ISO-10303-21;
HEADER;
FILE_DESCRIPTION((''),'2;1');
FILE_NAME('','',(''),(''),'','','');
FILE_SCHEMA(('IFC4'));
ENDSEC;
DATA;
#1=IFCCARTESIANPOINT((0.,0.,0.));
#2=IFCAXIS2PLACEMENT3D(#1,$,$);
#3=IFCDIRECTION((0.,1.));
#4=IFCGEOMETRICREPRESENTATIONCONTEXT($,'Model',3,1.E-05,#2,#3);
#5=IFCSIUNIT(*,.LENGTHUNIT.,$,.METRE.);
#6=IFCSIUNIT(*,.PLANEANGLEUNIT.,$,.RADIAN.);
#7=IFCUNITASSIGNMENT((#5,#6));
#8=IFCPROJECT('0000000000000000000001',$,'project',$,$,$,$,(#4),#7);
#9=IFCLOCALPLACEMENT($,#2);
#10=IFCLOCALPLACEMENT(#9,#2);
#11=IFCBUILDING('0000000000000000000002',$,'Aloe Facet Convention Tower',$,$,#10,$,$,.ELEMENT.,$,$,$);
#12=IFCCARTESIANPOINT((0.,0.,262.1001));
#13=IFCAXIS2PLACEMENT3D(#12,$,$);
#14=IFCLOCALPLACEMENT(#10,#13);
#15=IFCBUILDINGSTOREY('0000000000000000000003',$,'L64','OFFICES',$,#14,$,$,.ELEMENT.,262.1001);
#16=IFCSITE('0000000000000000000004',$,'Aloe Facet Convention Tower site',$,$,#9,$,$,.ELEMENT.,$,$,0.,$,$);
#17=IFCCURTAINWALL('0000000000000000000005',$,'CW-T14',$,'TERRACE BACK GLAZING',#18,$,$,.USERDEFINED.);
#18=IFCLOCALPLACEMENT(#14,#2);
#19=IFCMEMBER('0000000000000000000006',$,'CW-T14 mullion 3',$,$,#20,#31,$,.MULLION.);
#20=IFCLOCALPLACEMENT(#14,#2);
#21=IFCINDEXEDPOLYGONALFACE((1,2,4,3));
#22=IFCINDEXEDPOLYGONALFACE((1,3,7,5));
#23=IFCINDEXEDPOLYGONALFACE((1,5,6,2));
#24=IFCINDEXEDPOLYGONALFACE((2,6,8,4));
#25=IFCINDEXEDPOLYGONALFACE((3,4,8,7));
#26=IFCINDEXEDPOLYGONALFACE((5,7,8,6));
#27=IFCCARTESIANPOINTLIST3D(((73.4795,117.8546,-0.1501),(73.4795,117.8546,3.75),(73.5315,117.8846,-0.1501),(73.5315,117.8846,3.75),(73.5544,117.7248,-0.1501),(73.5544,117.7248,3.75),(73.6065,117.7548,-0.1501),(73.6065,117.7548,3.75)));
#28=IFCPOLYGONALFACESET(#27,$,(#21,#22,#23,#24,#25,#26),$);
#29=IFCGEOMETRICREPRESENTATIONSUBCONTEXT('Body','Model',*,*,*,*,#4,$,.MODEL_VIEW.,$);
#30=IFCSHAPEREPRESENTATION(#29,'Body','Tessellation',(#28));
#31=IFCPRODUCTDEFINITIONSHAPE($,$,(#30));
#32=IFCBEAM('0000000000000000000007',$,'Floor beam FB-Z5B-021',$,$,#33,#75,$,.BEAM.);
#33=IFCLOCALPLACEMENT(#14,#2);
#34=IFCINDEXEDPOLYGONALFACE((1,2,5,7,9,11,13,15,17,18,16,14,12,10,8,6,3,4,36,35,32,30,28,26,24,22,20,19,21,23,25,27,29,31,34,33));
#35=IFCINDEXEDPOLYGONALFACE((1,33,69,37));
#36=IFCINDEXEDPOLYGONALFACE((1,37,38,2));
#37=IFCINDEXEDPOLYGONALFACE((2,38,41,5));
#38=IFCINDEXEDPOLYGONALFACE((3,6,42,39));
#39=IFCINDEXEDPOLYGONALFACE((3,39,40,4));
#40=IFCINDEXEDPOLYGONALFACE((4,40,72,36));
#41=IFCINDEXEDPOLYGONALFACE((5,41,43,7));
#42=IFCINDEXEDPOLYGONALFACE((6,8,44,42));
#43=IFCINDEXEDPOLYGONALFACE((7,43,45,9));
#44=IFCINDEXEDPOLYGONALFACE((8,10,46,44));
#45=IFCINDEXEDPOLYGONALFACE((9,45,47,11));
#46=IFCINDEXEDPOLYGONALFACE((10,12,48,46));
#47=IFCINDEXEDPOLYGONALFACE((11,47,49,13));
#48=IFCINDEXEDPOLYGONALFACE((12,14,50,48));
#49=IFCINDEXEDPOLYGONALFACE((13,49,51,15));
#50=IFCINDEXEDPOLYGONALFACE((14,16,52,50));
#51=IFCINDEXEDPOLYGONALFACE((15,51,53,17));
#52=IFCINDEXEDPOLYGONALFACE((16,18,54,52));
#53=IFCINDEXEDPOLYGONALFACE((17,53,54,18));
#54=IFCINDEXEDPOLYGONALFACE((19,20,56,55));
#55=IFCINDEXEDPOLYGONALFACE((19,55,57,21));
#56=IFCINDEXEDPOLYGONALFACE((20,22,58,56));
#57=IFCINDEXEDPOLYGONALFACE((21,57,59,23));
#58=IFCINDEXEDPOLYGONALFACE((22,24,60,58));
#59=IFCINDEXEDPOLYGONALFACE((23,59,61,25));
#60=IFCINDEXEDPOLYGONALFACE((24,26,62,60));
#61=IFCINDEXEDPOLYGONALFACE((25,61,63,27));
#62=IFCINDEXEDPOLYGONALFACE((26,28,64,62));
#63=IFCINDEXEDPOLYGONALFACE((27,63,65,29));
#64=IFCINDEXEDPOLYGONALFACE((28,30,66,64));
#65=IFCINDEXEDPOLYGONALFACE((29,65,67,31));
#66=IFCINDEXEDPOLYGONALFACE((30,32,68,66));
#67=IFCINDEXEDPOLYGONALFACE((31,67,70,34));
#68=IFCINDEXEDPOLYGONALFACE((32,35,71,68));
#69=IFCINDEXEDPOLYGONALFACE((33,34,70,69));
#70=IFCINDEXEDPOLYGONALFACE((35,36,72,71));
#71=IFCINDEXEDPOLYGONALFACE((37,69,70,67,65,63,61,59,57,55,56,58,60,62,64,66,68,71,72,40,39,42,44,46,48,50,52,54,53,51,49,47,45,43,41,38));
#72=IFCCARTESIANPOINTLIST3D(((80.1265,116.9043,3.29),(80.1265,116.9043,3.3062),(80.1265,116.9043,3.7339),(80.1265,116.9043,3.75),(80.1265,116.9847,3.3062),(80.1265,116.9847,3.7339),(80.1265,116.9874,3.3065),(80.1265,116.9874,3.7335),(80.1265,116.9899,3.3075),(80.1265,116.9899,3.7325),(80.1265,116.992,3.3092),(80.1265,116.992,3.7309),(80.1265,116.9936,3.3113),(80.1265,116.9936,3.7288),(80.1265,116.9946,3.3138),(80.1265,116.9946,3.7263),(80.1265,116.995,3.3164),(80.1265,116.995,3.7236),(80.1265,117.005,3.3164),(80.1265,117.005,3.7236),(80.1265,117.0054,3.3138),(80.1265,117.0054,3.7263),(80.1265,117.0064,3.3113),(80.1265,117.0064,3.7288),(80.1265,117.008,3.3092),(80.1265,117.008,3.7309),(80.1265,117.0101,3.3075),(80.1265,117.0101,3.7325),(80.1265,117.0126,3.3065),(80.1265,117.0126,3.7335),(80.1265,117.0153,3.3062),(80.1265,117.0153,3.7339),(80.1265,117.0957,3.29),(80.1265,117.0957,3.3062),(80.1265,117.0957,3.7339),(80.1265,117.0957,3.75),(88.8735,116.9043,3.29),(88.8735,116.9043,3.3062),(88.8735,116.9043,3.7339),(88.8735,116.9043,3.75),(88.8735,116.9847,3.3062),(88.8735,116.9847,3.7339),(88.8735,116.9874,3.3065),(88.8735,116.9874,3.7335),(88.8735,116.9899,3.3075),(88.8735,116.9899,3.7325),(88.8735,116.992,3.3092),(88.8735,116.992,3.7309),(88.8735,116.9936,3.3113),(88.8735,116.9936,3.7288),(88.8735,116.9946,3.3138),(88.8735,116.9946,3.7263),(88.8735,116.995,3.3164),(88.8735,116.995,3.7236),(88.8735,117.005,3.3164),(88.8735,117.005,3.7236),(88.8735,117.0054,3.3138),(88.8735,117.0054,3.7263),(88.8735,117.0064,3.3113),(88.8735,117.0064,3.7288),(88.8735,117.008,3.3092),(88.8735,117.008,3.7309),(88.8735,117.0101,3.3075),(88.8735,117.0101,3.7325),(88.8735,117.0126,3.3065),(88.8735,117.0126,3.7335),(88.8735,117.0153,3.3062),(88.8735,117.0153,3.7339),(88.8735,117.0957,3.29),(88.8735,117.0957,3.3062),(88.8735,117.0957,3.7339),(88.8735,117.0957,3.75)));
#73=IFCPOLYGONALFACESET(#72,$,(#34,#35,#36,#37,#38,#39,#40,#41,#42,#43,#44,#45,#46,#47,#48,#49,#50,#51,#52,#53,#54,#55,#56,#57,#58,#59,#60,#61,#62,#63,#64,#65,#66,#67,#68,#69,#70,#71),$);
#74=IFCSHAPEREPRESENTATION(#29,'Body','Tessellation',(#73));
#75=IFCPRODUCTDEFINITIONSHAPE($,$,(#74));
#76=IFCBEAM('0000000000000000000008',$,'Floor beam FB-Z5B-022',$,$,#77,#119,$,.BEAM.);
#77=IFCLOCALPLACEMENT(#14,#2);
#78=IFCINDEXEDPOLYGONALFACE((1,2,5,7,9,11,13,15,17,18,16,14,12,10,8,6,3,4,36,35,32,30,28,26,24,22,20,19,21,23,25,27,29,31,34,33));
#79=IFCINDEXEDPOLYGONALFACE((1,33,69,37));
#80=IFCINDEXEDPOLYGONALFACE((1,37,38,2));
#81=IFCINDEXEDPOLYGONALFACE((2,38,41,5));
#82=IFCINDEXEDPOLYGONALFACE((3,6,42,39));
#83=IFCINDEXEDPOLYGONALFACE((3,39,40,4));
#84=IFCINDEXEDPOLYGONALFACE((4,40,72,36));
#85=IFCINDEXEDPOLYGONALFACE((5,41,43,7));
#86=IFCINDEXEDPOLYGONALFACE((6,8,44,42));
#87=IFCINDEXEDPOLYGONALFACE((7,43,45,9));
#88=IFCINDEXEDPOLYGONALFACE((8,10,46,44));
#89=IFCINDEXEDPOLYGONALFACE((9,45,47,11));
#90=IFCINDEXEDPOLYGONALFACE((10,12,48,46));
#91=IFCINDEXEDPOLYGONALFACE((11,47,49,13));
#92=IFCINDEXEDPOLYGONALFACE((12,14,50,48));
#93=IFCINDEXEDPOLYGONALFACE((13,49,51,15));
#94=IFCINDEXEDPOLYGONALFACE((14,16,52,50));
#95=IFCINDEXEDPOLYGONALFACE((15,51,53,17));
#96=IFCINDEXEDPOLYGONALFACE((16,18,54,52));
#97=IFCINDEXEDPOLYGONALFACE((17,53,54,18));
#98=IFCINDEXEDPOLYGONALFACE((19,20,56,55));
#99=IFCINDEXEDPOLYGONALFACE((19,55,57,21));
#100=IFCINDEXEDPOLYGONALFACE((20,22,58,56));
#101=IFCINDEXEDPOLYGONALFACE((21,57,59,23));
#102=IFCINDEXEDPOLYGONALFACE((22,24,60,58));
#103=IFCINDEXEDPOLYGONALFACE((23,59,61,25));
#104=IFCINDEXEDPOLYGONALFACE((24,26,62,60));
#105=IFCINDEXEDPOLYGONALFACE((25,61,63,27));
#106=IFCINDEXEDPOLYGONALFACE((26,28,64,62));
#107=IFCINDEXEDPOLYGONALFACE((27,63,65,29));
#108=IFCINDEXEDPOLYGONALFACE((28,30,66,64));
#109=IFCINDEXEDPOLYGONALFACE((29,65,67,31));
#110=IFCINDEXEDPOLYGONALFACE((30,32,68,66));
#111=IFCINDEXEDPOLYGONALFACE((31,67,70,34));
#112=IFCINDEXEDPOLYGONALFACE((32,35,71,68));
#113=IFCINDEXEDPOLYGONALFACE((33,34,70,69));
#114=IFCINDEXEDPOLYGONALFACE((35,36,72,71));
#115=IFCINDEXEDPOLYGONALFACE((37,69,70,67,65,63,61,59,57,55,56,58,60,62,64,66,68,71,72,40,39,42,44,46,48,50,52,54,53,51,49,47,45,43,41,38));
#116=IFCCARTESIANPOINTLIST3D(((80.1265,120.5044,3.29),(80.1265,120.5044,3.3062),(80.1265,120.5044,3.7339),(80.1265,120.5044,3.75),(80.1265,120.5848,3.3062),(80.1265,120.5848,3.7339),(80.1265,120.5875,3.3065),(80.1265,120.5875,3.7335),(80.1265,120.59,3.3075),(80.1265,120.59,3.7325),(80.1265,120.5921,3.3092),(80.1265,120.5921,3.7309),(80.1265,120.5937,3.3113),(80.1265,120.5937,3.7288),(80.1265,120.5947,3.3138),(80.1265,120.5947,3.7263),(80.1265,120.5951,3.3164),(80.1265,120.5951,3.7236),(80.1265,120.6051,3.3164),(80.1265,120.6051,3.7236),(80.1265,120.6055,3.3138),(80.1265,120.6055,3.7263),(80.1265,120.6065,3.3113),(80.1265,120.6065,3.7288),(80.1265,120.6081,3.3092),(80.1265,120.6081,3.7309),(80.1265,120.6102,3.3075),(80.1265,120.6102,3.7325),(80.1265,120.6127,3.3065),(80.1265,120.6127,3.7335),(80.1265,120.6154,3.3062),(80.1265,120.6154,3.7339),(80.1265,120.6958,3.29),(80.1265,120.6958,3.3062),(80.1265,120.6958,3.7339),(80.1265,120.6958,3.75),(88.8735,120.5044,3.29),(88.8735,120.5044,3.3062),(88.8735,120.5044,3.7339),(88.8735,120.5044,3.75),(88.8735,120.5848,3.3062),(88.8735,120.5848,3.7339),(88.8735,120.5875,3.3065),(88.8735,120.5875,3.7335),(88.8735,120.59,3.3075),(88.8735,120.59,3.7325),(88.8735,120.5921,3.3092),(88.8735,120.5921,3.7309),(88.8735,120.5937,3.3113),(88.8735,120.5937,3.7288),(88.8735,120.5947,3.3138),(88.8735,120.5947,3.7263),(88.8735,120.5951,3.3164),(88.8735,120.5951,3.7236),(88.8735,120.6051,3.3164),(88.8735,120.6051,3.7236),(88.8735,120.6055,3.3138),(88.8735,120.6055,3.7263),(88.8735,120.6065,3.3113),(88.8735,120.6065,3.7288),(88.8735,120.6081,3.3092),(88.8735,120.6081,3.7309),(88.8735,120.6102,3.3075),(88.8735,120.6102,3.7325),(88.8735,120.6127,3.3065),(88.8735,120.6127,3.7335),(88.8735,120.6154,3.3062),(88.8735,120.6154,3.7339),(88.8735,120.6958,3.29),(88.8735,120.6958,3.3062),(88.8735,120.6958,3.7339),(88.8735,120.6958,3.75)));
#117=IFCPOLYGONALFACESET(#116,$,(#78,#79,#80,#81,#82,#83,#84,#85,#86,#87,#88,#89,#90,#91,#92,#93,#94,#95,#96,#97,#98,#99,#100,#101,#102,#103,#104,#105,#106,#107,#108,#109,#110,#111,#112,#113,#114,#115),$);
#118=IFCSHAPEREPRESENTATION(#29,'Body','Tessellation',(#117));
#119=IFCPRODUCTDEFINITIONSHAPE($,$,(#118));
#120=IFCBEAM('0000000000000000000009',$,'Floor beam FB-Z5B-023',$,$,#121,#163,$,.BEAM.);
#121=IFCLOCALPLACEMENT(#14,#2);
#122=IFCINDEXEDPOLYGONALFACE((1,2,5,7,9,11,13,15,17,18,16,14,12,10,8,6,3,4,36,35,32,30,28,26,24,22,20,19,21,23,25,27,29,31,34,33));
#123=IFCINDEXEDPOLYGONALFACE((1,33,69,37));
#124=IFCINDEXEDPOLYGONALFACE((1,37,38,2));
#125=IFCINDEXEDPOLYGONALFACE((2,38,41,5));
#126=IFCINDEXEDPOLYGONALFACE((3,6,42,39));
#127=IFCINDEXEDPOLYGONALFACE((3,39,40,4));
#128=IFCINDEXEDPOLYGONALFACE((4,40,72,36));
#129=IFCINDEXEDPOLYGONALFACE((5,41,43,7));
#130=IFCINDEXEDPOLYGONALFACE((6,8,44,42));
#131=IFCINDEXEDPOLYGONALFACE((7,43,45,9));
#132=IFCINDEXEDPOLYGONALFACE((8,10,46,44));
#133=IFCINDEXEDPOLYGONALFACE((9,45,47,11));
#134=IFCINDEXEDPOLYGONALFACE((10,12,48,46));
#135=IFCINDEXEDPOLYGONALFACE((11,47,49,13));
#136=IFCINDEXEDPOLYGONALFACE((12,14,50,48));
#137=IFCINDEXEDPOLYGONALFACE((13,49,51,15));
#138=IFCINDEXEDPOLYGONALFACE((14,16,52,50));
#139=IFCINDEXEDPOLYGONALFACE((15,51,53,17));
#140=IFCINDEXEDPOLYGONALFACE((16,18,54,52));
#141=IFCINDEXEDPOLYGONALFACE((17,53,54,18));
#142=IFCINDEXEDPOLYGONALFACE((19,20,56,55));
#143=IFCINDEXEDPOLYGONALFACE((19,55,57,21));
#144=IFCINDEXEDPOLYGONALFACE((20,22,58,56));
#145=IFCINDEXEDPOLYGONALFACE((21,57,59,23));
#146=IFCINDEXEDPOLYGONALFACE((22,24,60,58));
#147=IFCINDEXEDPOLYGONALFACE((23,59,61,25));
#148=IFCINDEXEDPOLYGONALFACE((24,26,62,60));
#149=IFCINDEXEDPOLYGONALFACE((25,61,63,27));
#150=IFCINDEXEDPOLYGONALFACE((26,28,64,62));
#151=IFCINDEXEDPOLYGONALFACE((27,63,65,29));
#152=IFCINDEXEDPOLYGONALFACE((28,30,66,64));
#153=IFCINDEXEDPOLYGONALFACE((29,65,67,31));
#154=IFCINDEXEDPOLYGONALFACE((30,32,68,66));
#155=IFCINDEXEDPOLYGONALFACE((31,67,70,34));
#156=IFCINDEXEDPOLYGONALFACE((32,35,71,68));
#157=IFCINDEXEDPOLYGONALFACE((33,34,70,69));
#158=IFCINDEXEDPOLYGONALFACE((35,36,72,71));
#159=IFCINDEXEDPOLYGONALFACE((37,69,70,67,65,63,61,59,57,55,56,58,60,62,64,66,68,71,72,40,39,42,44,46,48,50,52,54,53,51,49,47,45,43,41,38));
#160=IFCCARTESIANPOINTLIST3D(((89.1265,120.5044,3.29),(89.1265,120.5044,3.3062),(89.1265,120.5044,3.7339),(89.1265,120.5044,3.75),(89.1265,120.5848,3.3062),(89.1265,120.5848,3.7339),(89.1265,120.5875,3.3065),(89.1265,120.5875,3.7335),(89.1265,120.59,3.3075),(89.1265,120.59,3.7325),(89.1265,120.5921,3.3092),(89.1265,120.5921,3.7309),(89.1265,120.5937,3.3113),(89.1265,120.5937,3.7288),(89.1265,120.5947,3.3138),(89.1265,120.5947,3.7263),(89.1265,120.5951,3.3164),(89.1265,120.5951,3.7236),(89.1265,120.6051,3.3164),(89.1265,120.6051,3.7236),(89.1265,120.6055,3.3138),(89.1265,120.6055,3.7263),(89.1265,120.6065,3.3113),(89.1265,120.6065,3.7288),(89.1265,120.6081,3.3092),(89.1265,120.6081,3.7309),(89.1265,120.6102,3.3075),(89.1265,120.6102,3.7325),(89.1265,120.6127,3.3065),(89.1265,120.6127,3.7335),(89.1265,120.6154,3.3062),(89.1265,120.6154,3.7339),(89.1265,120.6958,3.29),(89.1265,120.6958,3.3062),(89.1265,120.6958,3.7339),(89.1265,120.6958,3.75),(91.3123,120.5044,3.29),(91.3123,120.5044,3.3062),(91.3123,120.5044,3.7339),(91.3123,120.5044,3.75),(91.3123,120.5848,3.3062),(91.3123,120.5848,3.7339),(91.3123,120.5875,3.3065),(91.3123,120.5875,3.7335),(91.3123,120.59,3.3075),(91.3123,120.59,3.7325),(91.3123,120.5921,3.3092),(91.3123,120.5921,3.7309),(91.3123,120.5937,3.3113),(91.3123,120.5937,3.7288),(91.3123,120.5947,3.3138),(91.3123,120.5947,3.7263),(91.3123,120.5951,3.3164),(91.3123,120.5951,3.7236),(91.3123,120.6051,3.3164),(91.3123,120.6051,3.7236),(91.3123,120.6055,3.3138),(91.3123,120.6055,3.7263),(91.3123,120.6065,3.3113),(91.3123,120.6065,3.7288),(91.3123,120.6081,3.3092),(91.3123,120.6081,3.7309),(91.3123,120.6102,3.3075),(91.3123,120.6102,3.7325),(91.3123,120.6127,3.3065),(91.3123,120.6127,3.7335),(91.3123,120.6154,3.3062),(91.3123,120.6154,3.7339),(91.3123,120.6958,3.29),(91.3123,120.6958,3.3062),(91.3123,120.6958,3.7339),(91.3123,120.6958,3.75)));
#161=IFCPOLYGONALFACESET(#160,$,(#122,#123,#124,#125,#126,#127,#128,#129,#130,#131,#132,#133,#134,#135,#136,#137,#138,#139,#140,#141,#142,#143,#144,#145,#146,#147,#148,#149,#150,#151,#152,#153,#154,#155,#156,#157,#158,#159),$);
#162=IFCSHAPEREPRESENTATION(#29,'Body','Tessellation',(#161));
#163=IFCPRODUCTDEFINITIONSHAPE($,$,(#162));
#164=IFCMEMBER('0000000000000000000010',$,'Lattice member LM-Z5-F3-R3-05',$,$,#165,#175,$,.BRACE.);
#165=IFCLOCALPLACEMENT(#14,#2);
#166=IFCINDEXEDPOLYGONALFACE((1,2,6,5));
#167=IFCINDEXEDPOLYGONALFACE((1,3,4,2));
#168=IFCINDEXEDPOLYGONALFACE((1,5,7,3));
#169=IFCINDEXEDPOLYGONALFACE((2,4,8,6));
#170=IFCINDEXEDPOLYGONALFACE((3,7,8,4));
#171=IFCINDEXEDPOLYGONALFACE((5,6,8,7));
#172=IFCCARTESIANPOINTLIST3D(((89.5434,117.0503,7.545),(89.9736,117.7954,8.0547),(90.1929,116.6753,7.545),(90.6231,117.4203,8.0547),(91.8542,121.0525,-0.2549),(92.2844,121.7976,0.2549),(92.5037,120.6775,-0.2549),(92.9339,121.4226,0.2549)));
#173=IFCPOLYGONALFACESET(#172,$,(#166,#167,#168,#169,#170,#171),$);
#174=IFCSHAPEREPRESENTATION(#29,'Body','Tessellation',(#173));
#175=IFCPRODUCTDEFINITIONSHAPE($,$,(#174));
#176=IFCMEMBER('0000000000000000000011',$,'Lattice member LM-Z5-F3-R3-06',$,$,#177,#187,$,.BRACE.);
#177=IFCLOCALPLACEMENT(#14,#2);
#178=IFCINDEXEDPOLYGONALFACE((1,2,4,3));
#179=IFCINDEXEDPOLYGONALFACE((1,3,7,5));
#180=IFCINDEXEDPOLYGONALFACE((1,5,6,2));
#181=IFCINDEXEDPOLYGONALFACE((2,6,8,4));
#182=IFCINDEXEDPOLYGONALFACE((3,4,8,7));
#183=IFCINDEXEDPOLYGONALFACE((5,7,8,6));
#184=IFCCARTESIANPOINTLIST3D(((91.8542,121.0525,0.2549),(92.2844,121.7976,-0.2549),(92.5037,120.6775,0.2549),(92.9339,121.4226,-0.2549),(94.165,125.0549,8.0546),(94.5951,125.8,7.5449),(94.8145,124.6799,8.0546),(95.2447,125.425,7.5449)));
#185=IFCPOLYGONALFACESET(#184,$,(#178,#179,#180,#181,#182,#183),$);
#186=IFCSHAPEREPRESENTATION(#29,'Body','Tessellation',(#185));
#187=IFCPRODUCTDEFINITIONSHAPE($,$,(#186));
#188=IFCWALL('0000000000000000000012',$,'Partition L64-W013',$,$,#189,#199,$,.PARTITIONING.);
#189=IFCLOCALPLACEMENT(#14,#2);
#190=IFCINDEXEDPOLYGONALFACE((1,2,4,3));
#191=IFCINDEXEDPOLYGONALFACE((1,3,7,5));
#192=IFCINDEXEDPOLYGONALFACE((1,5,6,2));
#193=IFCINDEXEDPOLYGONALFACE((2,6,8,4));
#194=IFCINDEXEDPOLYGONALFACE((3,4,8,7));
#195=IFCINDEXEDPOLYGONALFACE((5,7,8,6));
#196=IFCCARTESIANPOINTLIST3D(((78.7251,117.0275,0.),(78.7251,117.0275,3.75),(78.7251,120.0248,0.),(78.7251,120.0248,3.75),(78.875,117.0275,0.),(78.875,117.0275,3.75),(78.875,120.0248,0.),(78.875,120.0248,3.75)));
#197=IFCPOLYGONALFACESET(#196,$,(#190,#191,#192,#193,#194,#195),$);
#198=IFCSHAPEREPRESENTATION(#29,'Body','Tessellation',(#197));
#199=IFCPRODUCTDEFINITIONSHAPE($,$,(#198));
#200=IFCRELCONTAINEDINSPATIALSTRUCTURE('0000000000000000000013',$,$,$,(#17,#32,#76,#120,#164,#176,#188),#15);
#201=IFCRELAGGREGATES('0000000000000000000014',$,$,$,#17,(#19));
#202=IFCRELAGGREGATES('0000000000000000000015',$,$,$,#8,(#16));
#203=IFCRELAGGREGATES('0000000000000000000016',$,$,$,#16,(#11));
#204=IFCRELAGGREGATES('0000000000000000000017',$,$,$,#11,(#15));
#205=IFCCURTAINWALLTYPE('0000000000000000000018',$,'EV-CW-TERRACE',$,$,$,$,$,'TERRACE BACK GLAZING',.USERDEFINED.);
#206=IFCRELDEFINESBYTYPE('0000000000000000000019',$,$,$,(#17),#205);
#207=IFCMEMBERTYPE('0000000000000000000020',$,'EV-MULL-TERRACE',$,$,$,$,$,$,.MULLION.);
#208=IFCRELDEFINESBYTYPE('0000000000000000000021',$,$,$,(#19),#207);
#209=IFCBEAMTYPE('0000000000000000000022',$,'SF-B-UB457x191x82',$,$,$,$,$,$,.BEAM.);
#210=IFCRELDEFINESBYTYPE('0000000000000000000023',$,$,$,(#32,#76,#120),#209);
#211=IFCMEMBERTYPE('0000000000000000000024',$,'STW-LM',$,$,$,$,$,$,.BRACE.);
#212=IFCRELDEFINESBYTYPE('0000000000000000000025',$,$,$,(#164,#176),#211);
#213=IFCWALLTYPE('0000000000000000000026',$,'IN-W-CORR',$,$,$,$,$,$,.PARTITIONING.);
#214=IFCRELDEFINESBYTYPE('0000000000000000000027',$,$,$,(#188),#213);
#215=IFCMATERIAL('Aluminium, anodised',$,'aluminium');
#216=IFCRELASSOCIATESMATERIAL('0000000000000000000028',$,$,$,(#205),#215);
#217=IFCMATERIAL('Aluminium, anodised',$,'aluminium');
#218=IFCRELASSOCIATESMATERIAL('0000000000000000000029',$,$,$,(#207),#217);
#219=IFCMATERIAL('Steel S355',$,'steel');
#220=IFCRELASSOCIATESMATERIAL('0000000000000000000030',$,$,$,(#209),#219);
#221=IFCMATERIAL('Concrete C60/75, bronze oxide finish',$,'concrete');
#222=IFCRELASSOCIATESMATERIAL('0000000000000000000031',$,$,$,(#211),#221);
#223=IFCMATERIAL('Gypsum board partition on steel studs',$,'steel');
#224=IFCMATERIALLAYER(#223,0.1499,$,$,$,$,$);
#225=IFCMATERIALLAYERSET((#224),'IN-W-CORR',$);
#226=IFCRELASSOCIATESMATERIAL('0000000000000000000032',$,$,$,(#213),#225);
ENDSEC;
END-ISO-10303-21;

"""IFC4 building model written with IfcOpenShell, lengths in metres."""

from ifc_helpers import new_model, si_unit, direction, frame, frame_2d, origin, origin_2d, place, context, subcontext, project, spatial, rectangle, i_section, extrude, material, layer, layer_set, material_profile, profile_set, type_object, element, aggregate, save


model = new_model("IFC4")

# Units and contexts
model_context = context("Model", 3, precision=1e-05, world=origin(), true_north=direction((0.0, 1.0)))
body_context = subcontext(model_context, "Body", "Model", "MODEL_VIEW")
ifc_project = project(units=[si_unit("LENGTHUNIT", "METRE"), si_unit("PLANEANGLEUNIT", "RADIAN")], contexts=[model_context])

# Site, building, storey
site_placement = place(None, origin())
site = spatial("IfcSite", under=ifc_project, at=site_placement, Name="Aloe Facet Convention Tower site", CompositionType="ELEMENT", RefElevation=0.0)
building_placement = place(site_placement, origin())
building = spatial("IfcBuilding", under=site, at=building_placement, Name="Aloe Facet Convention Tower", CompositionType="ELEMENT")
storey_placement = place(building_placement, frame((0.0, 0.0, 262.1001)))
storey = spatial("IfcBuildingStorey", under=building, at=storey_placement, Name="L64", Description="OFFICES", CompositionType="ELEMENT", Elevation=262.1001)

# Curtain wall, member
ifc_material_1 = material(Name="Aluminium, anodised", Category="aluminium")
curtain_wall_type = type_object("IfcCurtainWallType", Name="EV-CW-TERRACE", ElementType="TERRACE BACK GLAZING", PredefinedType="USERDEFINED", material=ifc_material_1)
curtain_wall_placement = place(storey_placement, origin())
curtain_wall = element("IfcCurtainWall", 1, at=curtain_wall_placement, inside=storey, type_object=curtain_wall_type, Name="CW-T14", ObjectType="TERRACE BACK GLAZING", PredefinedType="USERDEFINED")
ifc_material_2 = material(Name="Aluminium, anodised", Category="aluminium")
ifc_material_profile_1 = material_profile(ifc_material_2, rectangle(XDim=0.0601, YDim=0.1499, at=origin_2d()), Name="AL 60x150")
ifc_profile_set_1 = profile_set([ifc_material_profile_1], Name="Aluminium, anodised")
member_type_1 = type_object("IfcMemberType", Name="EV-MULL-TERRACE", PredefinedType="MULLION", material=ifc_profile_set_1)
member_placement = place(storey_placement, frame((73.543, 117.8047, -0.1501), z_axis=(0.0, 0.0, 1.0), x_axis=(0.866025, 0.5, 0.0)))
member = element("IfcMember", 2, at=member_placement, type_object=member_type_1, Name="CW-T14 mullion 3", PredefinedType="MULLION", context=body_context, shape_type="SweptSolid", body=[
    extrude(rectangle(XDim=0.0601, YDim=0.1499, at=origin_2d()), origin(), (0.0, 0.0, 1.0), 3.9001),
])
aggregate(curtain_wall, [member])

# Beams
ifc_material_3 = material(Name="Steel S355", Category="steel")
ifc_material_profile_2 = material_profile(ifc_material_3, i_section(OverallWidth=0.1914, OverallDepth=0.46, WebThickness=0.01, FlangeThickness=0.0161, FilletRadius=0.0103, at=origin_2d()), Name="UB 457x191x82")
ifc_profile_set_2 = profile_set([ifc_material_profile_2], Name="Steel S355")
beam_type = type_object("IfcBeamType", Name="SF-B-UB457x191x82", PredefinedType="BEAM", material=ifc_profile_set_2)
for number, where, z_axis, x_axis, name in (
    (3, (80.1265, 117.0, 3.52), (1.0, 0.0, 0.0), (0.0, 1.0, 0.0), "Floor beam FB-Z5B-021"),
    (4, (80.1265, 120.6001, 3.52), (1.0, 0.0, 0.0), (0.0, 1.0, 0.0), "Floor beam FB-Z5B-022"),
):
    element("IfcBeam", number, at=place(storey_placement, frame(where, z_axis=z_axis, x_axis=x_axis)), inside=storey, type_object=beam_type, Name=name, PredefinedType="BEAM", context=body_context, shape_type="SweptSolid", body=[
        extrude(i_section(OverallWidth=0.1914, OverallDepth=0.46, WebThickness=0.01, FlangeThickness=0.0161, FilletRadius=0.0103, at=origin_2d()), origin(), (0.0, 0.0, 1.0), 8.7471),
    ])
beam_placement = place(storey_placement, frame((89.1265, 120.6001, 3.52), z_axis=(1.0, 0.0, 0.0), x_axis=(0.0, 1.0, 0.0)))
element("IfcBeam", 5, at=beam_placement, inside=storey, type_object=beam_type, Name="Floor beam FB-Z5B-023", PredefinedType="BEAM", context=body_context, shape_type="SweptSolid", body=[
    extrude(i_section(OverallWidth=0.1914, OverallDepth=0.46, WebThickness=0.01, FlangeThickness=0.0161, FilletRadius=0.0103, at=origin_2d()), origin(), (0.0, 0.0, 1.0), 2.1858),
])

# Members
ifc_material_4 = material(Name="Concrete C60/75, bronze oxide finish", Category="concrete")
ifc_material_profile_3 = material_profile(ifc_material_4, rectangle(XDim=0.75, YDim=1.0, at=origin_2d()), Name="STW-LM")
ifc_profile_set_3 = profile_set([ifc_material_profile_3], Name="Concrete C60/75, bronze oxide finish")
member_type_2 = type_object("IfcMemberType", Name="STW-LM", PredefinedType="BRACE", material=ifc_profile_set_3)
for number, where, z_axis, x_axis, name in (
    (6, (92.394, 121.2375, 0.0), (-0.254882, -0.441446, 0.860326), (0.866014, -0.50002, 0.0), "Lattice member LM-Z5-F3-R3-05"),
    (7, (92.394, 121.2375, 0.0), (0.254879, 0.441468, 0.860315), (-0.866027, 0.499997, 0.0), "Lattice member LM-Z5-F3-R3-06"),
):
    element("IfcMember", number, at=place(storey_placement, frame(where, z_axis=z_axis, x_axis=x_axis)), inside=storey, type_object=member_type_2, Name=name, PredefinedType="BRACE", context=body_context, shape_type="SweptSolid", body=[
        extrude(rectangle(XDim=0.75, YDim=1.0, at=origin_2d()), origin(), (0.0, 0.0, 1.0), 9.0662),
    ])

# Wall
ifc_material_5 = material(Name="Gypsum board partition on steel studs", Category="steel")
ifc_layer_1 = layer(ifc_material_5, 0.1499)
ifc_layer_set_1 = layer_set([ifc_layer_1], Name="IN-W-CORR")
wall_type_1 = type_object("IfcWallType", Name="IN-W-CORR", PredefinedType="PARTITIONING", material=ifc_layer_set_1)
wall_1_placement = place(storey_placement, frame((78.8, 117.0276, 0.0), z_axis=(0.0, 0.0, 1.0), x_axis=(0.0, 1.0, 0.0)))
element("IfcWall", 8, at=wall_1_placement, inside=storey, type_object=wall_type_1, Name="Partition L64-W013", PredefinedType="PARTITIONING", context=body_context, shape_type="SweptSolid", body=[
    extrude(rectangle(XDim=2.9973, YDim=0.1499, at=frame_2d((1.4985, 0.0))), origin(), (0.0, 0.0, 1.0), 3.75),
])

save(model, "model.ifc")
